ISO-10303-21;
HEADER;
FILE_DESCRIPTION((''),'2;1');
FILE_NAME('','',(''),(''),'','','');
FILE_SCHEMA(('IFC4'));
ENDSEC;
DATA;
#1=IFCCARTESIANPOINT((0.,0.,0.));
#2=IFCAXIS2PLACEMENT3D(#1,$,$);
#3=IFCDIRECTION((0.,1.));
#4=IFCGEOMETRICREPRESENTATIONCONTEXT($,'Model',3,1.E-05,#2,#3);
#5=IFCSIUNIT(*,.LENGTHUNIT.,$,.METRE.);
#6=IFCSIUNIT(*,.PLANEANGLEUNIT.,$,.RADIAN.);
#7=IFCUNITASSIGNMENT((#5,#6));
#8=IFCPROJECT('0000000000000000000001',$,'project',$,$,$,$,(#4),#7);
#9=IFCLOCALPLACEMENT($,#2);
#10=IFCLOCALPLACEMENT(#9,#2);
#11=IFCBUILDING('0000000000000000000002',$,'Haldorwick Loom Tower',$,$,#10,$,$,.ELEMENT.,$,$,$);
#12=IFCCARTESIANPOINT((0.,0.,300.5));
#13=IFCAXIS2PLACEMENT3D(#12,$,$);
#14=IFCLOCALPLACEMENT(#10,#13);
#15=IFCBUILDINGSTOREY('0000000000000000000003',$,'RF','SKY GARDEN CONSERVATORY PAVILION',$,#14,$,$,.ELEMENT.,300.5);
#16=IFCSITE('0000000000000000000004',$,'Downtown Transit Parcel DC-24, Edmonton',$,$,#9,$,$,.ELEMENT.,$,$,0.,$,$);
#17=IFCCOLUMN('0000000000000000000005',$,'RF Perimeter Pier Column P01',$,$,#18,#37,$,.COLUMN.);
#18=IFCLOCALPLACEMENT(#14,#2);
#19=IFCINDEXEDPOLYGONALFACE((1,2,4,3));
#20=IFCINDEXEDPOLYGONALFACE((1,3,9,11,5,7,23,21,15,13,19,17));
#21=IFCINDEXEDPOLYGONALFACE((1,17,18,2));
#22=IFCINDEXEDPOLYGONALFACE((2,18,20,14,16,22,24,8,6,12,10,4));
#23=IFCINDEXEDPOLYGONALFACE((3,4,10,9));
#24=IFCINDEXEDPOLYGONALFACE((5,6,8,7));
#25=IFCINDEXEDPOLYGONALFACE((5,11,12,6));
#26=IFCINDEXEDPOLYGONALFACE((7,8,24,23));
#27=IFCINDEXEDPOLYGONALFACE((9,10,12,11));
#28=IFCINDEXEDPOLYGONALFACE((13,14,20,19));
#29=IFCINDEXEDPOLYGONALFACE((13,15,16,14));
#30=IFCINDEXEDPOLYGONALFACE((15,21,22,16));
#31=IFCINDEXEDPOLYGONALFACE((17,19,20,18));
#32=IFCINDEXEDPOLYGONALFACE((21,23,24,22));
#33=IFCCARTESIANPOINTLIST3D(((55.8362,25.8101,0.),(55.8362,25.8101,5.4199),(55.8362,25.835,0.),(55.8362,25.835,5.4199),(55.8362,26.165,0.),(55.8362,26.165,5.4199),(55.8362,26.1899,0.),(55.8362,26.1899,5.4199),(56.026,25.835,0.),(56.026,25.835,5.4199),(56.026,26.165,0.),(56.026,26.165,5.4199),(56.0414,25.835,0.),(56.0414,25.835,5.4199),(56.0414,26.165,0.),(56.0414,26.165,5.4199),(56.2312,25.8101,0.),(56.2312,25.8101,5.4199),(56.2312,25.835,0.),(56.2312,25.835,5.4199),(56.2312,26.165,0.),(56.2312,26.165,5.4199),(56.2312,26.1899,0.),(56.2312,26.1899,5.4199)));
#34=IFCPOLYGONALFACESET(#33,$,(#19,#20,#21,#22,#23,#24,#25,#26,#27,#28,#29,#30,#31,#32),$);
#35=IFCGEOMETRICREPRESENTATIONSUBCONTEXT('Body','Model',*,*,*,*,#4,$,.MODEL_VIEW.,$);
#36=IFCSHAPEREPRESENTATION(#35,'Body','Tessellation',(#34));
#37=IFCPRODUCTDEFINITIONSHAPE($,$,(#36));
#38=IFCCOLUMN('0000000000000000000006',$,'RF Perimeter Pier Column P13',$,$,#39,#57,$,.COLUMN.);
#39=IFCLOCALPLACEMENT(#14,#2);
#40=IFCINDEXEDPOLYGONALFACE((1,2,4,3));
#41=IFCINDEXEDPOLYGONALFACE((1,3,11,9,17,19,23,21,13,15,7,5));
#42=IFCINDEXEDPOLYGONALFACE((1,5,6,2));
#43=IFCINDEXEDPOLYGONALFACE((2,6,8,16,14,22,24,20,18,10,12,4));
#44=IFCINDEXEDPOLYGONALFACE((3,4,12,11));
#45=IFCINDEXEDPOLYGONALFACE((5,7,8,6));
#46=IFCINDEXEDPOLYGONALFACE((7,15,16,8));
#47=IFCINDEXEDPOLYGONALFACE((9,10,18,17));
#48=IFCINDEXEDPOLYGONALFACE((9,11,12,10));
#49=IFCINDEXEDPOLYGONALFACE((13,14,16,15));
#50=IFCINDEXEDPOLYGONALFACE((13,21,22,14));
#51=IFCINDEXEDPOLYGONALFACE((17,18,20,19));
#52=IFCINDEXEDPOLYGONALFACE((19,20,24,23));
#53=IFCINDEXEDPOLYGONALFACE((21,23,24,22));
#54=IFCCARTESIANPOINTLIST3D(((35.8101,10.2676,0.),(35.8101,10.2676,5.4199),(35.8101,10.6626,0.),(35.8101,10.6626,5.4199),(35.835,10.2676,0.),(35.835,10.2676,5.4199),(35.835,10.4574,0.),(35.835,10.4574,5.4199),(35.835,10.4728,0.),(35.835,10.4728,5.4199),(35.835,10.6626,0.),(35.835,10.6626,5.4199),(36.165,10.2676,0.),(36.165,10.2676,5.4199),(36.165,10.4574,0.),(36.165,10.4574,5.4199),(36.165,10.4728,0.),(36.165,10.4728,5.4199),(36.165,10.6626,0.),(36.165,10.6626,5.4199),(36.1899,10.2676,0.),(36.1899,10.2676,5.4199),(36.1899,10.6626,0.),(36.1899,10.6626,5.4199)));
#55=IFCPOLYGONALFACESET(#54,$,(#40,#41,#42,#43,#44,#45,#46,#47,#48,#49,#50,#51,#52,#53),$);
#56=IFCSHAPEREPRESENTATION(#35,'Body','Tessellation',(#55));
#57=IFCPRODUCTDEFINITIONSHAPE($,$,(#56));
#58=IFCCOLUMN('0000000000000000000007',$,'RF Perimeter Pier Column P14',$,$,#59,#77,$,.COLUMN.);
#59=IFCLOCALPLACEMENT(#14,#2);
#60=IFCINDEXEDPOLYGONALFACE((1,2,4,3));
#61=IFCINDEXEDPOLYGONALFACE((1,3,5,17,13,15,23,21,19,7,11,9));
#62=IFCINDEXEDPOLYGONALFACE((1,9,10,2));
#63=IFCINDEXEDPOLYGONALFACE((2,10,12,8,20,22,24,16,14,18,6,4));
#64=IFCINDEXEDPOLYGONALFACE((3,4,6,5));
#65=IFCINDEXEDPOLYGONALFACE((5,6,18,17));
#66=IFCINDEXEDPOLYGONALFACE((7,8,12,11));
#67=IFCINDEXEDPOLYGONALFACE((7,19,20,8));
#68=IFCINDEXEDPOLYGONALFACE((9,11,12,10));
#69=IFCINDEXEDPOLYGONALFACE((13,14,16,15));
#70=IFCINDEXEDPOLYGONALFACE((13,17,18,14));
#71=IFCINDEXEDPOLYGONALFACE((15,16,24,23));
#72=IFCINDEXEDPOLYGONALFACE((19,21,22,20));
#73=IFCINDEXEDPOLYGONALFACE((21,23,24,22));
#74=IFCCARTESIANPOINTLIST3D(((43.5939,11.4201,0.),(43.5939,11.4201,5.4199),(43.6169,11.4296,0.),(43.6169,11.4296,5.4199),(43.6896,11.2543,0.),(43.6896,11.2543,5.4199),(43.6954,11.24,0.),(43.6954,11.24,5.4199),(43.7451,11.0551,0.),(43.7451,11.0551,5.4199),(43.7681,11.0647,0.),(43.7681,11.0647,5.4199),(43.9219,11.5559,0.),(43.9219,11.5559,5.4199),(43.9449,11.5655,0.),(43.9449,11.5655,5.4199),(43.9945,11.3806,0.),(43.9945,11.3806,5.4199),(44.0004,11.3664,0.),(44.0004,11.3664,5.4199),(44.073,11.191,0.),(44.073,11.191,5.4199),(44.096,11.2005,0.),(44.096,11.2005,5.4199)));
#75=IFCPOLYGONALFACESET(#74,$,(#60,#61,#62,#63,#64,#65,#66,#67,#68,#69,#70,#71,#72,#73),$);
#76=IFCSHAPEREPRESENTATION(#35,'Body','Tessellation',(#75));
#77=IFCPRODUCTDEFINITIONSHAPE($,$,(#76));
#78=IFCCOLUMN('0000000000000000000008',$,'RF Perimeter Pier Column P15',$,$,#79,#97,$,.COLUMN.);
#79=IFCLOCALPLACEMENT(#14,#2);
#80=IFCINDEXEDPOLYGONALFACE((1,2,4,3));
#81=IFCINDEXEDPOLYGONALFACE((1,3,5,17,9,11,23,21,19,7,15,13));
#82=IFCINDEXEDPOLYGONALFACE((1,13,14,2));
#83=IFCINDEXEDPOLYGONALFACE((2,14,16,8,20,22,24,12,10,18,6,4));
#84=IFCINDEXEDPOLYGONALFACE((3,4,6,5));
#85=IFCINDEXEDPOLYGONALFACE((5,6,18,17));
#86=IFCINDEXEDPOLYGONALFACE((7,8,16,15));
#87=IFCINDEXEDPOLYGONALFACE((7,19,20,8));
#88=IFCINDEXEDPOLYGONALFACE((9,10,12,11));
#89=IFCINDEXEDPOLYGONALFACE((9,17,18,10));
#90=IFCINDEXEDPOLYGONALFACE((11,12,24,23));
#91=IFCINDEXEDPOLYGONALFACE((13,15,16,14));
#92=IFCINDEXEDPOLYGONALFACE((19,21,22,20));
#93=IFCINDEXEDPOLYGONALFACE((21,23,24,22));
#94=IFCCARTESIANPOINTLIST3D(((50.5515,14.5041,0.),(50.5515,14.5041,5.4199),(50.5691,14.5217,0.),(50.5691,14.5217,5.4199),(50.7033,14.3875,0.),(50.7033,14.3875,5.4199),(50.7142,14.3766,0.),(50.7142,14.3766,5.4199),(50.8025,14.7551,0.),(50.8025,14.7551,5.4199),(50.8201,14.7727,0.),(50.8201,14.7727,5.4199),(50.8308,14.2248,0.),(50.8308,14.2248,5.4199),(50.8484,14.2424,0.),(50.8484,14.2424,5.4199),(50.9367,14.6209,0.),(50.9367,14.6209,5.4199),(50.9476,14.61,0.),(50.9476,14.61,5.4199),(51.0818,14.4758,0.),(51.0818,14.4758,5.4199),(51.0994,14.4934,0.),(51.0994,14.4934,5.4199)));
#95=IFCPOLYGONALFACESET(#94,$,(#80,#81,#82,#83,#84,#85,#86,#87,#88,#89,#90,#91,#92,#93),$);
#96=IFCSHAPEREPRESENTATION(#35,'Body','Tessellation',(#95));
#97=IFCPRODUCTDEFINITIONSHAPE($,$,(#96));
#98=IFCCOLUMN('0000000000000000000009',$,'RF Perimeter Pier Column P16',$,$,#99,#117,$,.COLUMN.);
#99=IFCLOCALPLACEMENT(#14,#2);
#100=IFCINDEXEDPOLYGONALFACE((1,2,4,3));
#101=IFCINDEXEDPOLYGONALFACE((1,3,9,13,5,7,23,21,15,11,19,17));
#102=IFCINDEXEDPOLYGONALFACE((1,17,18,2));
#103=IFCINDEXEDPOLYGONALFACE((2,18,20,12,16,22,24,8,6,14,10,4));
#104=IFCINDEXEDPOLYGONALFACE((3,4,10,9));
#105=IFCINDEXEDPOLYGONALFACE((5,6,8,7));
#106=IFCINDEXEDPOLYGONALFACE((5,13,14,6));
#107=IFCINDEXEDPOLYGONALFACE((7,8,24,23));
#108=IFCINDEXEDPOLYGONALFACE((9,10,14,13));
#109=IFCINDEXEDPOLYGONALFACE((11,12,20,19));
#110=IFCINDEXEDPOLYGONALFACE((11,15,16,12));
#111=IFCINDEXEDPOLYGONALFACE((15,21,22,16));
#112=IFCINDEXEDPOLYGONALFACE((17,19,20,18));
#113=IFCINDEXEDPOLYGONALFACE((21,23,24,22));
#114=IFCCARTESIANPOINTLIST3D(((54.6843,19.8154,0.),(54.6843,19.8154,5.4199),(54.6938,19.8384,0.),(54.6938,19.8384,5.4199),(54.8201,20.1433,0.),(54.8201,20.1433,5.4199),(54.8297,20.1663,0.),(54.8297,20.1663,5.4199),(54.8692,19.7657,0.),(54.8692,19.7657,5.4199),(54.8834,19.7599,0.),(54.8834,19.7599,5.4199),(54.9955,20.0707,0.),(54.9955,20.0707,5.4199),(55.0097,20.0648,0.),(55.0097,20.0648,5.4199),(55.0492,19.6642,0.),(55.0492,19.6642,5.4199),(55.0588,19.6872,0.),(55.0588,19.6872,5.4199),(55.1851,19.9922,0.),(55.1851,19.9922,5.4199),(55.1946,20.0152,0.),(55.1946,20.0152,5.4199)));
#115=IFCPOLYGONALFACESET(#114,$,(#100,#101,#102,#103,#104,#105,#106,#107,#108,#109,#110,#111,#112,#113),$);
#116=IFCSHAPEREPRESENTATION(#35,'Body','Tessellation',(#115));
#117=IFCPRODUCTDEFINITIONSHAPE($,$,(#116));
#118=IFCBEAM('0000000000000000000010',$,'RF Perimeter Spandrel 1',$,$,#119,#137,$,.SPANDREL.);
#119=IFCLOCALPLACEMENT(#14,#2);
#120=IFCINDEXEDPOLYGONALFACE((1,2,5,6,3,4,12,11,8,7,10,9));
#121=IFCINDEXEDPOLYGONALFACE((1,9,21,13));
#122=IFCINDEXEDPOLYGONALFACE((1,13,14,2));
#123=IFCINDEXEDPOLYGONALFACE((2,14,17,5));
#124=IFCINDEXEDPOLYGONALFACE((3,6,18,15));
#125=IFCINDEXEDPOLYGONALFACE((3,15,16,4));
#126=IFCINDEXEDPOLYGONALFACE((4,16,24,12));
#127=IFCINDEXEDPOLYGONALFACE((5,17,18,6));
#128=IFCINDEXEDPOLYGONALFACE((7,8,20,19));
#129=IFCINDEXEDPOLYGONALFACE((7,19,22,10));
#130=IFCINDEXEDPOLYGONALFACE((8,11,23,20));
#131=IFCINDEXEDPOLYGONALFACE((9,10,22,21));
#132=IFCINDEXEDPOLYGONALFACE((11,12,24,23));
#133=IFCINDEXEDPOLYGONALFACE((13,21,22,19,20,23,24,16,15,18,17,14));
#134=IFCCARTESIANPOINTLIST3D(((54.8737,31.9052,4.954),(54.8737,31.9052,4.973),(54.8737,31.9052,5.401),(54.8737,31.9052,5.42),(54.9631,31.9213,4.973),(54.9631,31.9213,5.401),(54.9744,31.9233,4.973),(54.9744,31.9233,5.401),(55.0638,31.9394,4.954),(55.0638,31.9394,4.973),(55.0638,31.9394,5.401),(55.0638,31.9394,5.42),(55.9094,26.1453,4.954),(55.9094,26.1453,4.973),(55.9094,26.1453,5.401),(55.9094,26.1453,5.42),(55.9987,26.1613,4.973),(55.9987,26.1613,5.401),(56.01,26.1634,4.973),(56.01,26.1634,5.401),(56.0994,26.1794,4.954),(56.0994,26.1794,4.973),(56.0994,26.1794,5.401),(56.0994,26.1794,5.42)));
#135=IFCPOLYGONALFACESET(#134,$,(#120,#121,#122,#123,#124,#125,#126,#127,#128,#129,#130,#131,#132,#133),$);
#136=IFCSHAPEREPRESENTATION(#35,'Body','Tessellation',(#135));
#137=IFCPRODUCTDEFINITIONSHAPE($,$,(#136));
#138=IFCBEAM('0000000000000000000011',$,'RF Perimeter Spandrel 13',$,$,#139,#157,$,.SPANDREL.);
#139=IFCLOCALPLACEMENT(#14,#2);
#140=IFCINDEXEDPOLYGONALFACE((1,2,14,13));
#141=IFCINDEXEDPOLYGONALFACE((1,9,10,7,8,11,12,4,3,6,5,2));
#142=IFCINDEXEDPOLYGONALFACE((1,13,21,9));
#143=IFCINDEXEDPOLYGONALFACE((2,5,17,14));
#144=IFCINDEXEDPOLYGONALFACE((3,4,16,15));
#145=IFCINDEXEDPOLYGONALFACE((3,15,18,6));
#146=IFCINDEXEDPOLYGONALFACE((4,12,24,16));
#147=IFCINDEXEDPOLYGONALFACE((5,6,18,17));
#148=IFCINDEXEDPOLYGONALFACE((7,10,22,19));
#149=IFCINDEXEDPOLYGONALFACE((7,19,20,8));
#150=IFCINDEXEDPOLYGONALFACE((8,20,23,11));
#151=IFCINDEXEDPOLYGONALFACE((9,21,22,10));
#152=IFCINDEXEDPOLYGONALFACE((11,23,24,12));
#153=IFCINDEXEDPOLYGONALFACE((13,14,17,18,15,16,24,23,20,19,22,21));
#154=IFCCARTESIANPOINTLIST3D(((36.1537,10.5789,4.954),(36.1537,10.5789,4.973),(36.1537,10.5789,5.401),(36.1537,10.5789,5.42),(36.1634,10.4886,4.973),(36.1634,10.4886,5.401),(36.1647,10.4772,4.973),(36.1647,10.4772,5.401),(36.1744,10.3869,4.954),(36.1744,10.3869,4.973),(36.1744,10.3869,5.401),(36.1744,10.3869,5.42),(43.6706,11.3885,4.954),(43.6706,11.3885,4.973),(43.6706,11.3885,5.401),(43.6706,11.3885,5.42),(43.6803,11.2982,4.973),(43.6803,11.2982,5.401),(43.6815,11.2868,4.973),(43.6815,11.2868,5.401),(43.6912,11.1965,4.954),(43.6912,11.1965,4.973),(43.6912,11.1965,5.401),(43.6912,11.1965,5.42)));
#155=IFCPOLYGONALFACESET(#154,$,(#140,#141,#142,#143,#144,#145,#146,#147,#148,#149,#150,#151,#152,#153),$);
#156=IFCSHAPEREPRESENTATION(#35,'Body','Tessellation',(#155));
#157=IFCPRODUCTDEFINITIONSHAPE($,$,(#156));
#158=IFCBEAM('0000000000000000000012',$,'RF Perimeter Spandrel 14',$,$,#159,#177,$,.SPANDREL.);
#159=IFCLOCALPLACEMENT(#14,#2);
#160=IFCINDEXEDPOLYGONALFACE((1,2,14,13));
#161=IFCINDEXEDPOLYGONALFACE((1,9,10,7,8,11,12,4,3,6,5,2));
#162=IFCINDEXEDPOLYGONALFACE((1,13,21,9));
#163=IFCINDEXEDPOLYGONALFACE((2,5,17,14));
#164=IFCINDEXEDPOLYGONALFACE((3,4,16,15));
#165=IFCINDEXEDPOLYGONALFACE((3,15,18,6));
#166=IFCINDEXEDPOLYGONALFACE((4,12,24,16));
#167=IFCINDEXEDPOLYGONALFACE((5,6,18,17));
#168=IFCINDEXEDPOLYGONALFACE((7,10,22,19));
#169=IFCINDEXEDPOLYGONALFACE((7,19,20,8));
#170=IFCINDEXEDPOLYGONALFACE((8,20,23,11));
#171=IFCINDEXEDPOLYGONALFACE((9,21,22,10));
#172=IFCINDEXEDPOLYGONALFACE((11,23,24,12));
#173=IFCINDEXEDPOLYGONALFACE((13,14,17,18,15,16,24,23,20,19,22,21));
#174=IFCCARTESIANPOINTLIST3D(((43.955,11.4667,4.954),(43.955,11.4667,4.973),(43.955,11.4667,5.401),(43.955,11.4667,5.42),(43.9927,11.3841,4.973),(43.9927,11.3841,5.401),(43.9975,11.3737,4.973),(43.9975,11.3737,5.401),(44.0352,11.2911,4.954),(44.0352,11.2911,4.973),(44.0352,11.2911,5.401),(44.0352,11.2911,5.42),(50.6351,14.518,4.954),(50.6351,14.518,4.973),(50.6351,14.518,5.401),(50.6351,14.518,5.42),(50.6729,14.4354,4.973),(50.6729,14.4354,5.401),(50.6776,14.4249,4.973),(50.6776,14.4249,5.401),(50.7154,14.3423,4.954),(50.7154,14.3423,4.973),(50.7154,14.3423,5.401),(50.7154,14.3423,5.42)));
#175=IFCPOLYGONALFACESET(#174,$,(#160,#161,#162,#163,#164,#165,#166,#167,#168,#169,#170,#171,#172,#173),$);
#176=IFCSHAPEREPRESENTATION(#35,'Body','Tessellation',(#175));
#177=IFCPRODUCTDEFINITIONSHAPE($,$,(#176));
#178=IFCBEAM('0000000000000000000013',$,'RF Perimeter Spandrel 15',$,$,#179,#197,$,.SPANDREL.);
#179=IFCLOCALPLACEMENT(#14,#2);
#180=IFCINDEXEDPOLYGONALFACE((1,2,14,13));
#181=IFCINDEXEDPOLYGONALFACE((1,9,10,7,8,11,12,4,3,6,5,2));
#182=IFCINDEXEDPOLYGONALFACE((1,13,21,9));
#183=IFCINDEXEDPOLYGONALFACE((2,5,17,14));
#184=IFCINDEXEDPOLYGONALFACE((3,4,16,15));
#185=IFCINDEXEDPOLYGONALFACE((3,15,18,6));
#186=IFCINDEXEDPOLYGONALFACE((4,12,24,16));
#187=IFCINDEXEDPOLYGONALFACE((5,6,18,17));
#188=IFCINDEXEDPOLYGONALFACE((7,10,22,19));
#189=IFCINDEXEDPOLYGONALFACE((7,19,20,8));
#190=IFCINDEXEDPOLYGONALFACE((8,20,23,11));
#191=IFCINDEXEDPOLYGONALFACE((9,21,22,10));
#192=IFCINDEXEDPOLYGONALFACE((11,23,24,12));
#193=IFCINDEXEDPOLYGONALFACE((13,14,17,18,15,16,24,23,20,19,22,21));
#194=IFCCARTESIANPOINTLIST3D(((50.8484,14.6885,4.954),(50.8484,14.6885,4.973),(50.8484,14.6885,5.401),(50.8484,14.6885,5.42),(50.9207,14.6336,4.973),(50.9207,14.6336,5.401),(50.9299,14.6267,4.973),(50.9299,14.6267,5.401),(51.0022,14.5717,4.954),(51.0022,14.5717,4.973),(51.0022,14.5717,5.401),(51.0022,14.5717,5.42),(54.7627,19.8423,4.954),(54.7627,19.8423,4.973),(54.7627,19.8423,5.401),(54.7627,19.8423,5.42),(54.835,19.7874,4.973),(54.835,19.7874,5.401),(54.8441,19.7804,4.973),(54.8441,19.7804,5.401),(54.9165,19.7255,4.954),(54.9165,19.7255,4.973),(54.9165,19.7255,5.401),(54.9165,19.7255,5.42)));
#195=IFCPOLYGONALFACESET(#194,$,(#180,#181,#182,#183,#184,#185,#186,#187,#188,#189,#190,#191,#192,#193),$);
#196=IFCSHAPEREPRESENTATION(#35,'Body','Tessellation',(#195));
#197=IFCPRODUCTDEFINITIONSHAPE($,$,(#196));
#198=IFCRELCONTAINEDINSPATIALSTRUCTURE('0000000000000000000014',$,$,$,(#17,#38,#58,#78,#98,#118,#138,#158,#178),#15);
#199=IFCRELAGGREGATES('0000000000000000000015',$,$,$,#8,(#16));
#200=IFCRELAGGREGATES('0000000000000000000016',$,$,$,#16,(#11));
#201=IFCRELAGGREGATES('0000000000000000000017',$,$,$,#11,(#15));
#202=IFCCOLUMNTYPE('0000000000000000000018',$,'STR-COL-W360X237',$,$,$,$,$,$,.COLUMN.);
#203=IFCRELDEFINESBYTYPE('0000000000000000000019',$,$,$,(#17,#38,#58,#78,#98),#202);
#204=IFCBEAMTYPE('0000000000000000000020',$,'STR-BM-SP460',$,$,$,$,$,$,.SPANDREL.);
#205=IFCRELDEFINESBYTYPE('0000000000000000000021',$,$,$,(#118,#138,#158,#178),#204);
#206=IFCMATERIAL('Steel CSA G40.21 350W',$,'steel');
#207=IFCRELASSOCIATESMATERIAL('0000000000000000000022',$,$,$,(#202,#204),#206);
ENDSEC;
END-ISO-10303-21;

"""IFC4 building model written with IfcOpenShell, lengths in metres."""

from ifc_helpers import new_model, si_unit, direction, frame, origin, origin_2d, place, context, subcontext, project, spatial, i_section, extrude, material, material_profile, profile_set, type_object, element, save


model = new_model("IFC4")

# Units and contexts
model_context = context("Model", 3, precision=1e-05, world=origin(), true_north=direction((0.0, 1.0)))
body_context = subcontext(model_context, "Body", "Model", "MODEL_VIEW")
ifc_project = project(units=[si_unit("LENGTHUNIT", "METRE"), si_unit("PLANEANGLEUNIT", "RADIAN")], contexts=[model_context])

# Site, building, storey
site_placement = place(None, origin())
site = spatial("IfcSite", under=ifc_project, at=site_placement, Name="Downtown Transit Parcel DC-24, Edmonton", CompositionType="ELEMENT", RefElevation=0.0)
building_placement = place(site_placement, origin())
building = spatial("IfcBuilding", under=site, at=building_placement, Name="Haldorwick Loom Tower", CompositionType="ELEMENT")
storey_placement = place(building_placement, frame((0.0, 0.0, 300.5)))
storey = spatial("IfcBuildingStorey", under=building, at=storey_placement, Name="RF", Description="SKY GARDEN CONSERVATORY PAVILION", CompositionType="ELEMENT", Elevation=300.5)

# Columns
ifc_material_1 = material(Name="Steel CSA G40.21 350W", Category="steel")
ifc_material_profile_1 = material_profile(ifc_material_1, i_section(OverallWidth=0.395, OverallDepth=0.3799, WebThickness=0.0154, FlangeThickness=0.0249, at=origin_2d()), Name="W360X237", Category="steel")
ifc_profile_set_1 = profile_set([ifc_material_profile_1], Name="Steel CSA G40.21 350W")
column_type = type_object("IfcColumnType", Name="STR-COL-W360X237", PredefinedType="COLUMN", material=ifc_profile_set_1)
for number, where, z_axis, x_axis, name in (
    (1, (56.0337, 26.0, 0.0), (0.0, 0.0, 1.0), (1.0, 0.0, 0.0), "RF Perimeter Pier Column P01"),
    (2, (36.0, 10.4651, 0.0), (0.0, 0.0, 1.0), (0.0, -1.0, 0.0), "RF Perimeter Pier Column P13"),
    (3, (43.845, 11.3103, 0.0), (0.0, 0.0, 1.0), (0.382683, -0.92388, 0.0), "RF Perimeter Pier Column P14"),
    (4, (50.8254, 14.4988, 0.0), (0.0, 0.0, 1.0), (0.707107, -0.707107, 0.0), "RF Perimeter Pier Column P15"),
    (5, (54.9395, 19.9153, 0.0), (0.0, 0.0, 1.0), (0.92388, -0.382683, 0.0), "RF Perimeter Pier Column P16"),
):
    element("IfcColumn", number, at=place(storey_placement, frame(where, z_axis=z_axis, x_axis=x_axis)), inside=storey, type_object=column_type, Name=name, PredefinedType="COLUMN", context=body_context, shape_type="SweptSolid", body=[
        extrude(i_section(OverallWidth=0.395, OverallDepth=0.3799, WebThickness=0.0154, FlangeThickness=0.0249, at=origin_2d()), origin(), (0.0, 0.0, 1.0), 5.4199),
    ])

# Beams
ifc_material_profile_2 = material_profile(ifc_material_1, i_section(OverallWidth=0.1931, OverallDepth=0.4661, WebThickness=0.0115, FlangeThickness=0.019, at=origin_2d()), Name="W460X97", Category="steel")
ifc_profile_set_2 = profile_set([ifc_material_profile_2], Name="Steel CSA G40.21 350W")
beam_type = type_object("IfcBeamType", Name="STR-BM-SP460", PredefinedType="SPANDREL", material=ifc_profile_set_2)
beam_1_placement = place(storey_placement, frame((56.0044, 26.1624, 5.187), z_axis=(-0.176961, 0.984218, 0.0), x_axis=(-0.984218, -0.176961, 0.0)))
element("IfcBeam", 6, at=beam_1_placement, inside=storey, type_object=beam_type, Name="RF Perimeter Spandrel 1", PredefinedType="SPANDREL", context=body_context, shape_type="SweptSolid", body=[
    extrude(i_section(OverallWidth=0.1931, OverallDepth=0.4661, WebThickness=0.0115, FlangeThickness=0.019, at=origin_2d()), origin(), (0.0, 0.0, 1.0), 5.8523),
])
beam_2_placement = place(storey_placement, frame((36.1641, 10.4829, 5.187), z_axis=(0.99425, 0.107082, 0.0), x_axis=(-0.107082, 0.99425, 0.0)))
element("IfcBeam", 7, at=beam_2_placement, inside=storey, type_object=beam_type, Name="RF Perimeter Spandrel 13", PredefinedType="SPANDREL", context=body_context, shape_type="SweptSolid", body=[
    extrude(i_section(OverallWidth=0.1931, OverallDepth=0.4661, WebThickness=0.0115, FlangeThickness=0.019, at=origin_2d()), origin(), (0.0, 0.0, 1.0), 7.5603),
])
beam_3_placement = place(storey_placement, frame((43.9951, 11.3789, 5.187), z_axis=(0.909604, 0.415475, 0.0), x_axis=(-0.415475, 0.909604, 0.0)))
element("IfcBeam", 8, at=beam_3_placement, inside=storey, type_object=beam_type, Name="RF Perimeter Spandrel 14", PredefinedType="SPANDREL", context=body_context, shape_type="SweptSolid", body=[
    extrude(i_section(OverallWidth=0.1931, OverallDepth=0.4661, WebThickness=0.0115, FlangeThickness=0.019, at=origin_2d()), origin(), (0.0, 0.0, 1.0), 7.344),
])
beam_4_placement = place(storey_placement, frame((50.9253, 14.6301, 5.187), z_axis=(0.60483, 0.796355, 0.0), x_axis=(-0.796355, 0.60483, 0.0)))
element("IfcBeam", 9, at=beam_4_placement, inside=storey, type_object=beam_type, Name="RF Perimeter Spandrel 15", PredefinedType="SPANDREL", context=body_context, shape_type="SweptSolid", body=[
    extrude(i_section(OverallWidth=0.1931, OverallDepth=0.4661, WebThickness=0.0115, FlangeThickness=0.019, at=origin_2d()), origin(), (0.0, 0.0, 1.0), 6.4717),
])

save(model, "model.ifc")
